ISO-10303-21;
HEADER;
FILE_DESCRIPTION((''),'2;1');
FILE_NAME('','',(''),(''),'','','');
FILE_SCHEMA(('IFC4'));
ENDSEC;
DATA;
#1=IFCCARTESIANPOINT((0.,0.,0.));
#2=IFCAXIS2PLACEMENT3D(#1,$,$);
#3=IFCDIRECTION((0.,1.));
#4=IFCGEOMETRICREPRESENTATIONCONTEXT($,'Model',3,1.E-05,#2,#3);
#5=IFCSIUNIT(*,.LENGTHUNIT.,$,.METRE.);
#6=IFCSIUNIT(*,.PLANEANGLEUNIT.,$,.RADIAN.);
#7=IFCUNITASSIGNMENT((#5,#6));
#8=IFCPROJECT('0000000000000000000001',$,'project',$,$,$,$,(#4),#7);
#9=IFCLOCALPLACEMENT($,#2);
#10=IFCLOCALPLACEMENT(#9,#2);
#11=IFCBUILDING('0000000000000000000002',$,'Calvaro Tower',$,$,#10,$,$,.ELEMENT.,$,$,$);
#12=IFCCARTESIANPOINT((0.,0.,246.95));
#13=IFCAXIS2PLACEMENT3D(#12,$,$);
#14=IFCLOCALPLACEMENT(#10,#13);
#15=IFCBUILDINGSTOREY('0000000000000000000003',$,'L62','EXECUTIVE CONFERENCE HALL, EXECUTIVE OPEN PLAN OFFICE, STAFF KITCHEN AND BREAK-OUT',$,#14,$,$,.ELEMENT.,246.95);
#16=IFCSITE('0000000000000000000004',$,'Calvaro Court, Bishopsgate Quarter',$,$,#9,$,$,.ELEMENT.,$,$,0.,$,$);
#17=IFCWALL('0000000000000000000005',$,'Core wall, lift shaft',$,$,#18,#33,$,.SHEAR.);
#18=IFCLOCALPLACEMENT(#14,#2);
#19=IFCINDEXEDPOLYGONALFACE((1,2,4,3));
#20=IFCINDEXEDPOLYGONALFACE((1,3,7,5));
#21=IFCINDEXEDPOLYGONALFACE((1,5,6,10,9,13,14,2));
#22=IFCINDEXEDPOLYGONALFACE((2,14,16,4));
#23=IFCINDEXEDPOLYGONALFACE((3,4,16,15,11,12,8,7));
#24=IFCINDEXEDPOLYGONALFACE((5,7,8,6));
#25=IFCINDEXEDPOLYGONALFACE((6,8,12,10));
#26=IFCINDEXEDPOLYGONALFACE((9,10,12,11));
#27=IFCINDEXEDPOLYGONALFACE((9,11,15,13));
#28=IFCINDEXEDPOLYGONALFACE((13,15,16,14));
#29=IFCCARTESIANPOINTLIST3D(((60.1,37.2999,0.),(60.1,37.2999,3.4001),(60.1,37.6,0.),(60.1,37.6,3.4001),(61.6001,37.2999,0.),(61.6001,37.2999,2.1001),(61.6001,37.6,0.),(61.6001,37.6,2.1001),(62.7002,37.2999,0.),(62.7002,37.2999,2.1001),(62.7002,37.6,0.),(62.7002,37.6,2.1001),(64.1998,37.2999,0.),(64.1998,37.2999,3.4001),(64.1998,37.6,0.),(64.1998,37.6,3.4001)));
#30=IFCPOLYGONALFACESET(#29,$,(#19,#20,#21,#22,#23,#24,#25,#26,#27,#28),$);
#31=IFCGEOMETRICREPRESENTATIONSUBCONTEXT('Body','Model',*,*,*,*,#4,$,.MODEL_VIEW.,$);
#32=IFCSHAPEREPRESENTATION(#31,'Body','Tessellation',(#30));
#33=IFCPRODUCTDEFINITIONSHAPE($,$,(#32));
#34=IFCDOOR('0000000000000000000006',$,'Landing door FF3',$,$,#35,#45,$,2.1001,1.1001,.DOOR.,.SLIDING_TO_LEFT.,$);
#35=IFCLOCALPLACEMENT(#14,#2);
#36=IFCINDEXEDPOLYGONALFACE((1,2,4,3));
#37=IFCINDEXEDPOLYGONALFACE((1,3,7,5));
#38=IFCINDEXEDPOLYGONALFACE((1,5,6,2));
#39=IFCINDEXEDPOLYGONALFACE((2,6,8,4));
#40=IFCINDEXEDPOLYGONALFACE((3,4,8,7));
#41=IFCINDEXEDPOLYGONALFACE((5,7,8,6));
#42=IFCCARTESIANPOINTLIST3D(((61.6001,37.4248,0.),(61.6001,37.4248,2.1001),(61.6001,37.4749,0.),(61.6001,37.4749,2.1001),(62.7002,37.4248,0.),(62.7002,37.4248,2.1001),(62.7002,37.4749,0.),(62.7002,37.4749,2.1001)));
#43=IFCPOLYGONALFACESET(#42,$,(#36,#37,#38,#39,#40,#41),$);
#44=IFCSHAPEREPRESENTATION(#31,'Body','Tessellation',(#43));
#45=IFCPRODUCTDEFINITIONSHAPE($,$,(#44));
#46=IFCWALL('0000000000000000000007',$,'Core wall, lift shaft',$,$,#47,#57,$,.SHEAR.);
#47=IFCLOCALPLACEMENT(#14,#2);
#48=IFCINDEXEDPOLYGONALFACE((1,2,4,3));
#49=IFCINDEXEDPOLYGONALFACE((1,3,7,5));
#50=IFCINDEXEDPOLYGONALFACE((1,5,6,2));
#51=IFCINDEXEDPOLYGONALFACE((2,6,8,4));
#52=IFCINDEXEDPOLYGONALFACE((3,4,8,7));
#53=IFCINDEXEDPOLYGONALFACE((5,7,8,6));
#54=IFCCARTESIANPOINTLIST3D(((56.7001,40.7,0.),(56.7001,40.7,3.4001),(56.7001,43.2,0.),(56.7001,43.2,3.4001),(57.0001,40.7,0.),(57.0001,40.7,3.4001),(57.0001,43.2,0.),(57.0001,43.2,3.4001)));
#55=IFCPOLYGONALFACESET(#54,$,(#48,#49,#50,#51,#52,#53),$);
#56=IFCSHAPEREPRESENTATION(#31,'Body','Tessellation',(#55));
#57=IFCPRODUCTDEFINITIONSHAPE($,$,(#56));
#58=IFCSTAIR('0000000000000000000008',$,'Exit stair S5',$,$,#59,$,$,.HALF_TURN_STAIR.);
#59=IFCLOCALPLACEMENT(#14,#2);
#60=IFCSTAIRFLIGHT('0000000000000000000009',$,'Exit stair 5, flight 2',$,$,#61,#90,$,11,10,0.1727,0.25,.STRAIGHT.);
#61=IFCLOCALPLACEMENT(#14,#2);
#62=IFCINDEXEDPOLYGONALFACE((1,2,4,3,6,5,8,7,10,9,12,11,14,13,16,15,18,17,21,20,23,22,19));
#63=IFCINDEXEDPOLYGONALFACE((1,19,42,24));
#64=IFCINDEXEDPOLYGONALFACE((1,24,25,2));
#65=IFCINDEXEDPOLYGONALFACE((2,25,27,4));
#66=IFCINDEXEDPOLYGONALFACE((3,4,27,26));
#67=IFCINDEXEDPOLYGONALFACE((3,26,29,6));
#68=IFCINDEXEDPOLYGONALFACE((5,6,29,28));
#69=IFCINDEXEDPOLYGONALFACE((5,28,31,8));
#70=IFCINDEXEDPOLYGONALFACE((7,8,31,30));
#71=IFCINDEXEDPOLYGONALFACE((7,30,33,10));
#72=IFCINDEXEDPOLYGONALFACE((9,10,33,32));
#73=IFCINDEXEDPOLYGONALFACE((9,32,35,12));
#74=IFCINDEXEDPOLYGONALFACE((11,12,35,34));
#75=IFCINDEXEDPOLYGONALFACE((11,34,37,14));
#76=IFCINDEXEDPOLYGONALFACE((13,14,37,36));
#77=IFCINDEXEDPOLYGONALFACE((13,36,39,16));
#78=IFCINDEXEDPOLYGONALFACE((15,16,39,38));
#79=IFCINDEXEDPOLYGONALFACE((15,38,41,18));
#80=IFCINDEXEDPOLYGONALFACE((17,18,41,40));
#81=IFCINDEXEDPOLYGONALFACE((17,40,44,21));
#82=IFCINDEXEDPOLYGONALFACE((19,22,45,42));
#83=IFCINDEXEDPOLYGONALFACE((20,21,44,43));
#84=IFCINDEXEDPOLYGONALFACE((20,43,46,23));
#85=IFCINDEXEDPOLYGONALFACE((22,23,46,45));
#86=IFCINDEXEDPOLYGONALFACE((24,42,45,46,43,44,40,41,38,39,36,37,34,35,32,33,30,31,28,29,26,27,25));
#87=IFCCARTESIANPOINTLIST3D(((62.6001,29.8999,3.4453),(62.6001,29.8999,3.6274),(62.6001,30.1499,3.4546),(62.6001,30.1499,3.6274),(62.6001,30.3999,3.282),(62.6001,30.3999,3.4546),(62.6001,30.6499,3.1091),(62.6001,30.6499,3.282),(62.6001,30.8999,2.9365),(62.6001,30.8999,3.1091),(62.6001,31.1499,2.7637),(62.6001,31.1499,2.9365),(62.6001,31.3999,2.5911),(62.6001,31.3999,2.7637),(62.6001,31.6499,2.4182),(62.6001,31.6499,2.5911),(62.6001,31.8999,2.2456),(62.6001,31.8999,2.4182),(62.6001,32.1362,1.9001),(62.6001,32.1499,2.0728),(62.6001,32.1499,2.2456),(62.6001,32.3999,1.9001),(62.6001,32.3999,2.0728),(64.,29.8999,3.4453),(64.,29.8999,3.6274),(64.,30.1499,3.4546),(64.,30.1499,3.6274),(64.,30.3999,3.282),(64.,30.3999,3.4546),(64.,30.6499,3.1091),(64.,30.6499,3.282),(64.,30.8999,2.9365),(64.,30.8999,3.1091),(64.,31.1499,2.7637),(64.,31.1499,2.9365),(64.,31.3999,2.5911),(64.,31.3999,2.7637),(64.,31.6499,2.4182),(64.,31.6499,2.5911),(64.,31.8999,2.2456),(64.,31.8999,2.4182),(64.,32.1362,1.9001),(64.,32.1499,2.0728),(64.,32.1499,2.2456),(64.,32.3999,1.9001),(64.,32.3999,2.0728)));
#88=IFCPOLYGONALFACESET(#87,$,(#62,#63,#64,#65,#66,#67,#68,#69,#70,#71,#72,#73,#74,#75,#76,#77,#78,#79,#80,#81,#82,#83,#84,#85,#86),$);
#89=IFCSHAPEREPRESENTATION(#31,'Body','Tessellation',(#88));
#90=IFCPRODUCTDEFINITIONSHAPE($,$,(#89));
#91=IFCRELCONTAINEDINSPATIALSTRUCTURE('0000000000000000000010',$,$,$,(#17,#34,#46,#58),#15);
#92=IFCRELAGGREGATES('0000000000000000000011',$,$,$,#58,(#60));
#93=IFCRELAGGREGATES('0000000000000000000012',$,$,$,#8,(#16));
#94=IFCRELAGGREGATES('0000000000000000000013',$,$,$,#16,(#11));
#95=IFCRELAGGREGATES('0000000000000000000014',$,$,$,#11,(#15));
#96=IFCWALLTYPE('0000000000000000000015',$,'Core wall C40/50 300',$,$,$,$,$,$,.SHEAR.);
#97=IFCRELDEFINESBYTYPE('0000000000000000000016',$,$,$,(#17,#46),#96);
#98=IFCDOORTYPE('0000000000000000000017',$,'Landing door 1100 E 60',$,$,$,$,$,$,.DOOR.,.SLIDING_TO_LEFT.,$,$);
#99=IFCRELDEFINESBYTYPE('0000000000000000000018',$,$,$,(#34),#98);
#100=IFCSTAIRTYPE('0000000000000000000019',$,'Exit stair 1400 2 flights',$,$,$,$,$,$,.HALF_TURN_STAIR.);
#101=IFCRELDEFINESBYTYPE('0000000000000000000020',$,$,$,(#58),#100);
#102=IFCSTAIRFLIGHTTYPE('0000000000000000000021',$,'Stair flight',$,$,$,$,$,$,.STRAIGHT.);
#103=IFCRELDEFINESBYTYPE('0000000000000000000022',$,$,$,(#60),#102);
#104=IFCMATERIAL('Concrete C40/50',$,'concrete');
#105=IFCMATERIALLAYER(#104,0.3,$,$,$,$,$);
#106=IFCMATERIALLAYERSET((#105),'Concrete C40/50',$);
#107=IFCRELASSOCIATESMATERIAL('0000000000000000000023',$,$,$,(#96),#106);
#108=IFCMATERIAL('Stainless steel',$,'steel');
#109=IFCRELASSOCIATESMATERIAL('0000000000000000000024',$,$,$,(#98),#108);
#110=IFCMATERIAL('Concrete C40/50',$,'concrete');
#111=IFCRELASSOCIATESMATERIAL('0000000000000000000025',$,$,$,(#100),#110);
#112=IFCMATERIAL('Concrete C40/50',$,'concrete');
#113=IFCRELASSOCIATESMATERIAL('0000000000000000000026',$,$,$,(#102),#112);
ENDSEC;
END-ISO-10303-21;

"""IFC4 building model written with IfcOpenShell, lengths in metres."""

from ifc_helpers import new_model, si_unit, direction, frame, frame_2d, origin, place, context, subcontext, project, spatial, polyline, rectangle, outline, extrude, material, layer, layer_set, type_object, element, fill, aggregate, save


model = new_model("IFC4")

# Units and contexts
model_context = context("Model", 3, precision=1e-05, world=origin(), true_north=direction((0.0, 1.0)))
body_context = subcontext(model_context, "Body", "Model", "MODEL_VIEW")
ifc_project = project(units=[si_unit("LENGTHUNIT", "METRE"), si_unit("PLANEANGLEUNIT", "RADIAN")], contexts=[model_context])

# Site, building, storey
site_placement = place(None, origin())
site = spatial("IfcSite", under=ifc_project, at=site_placement, Name="Calvaro Court, Bishopsgate Quarter", CompositionType="ELEMENT", RefElevation=0.0)
building_placement = place(site_placement, origin())
building = spatial("IfcBuilding", under=site, at=building_placement, Name="Calvaro Tower", CompositionType="ELEMENT")
storey_placement = place(building_placement, frame((0.0, 0.0, 246.95)))
storey = spatial("IfcBuildingStorey", under=building, at=storey_placement, Name="L62", Description="EXECUTIVE CONFERENCE HALL, EXECUTIVE OPEN PLAN OFFICE, STAFF KITCHEN AND BREAK-OUT", CompositionType="ELEMENT", Elevation=246.95)

# Shared definitions
ifc_material_1 = material(Name="Concrete C40/50", Category="concrete")
ifc_layer_1 = layer(ifc_material_1, 0.3)
ifc_layer_set_1 = layer_set([ifc_layer_1], Name="Concrete C40/50")
wall_type_1 = type_object("IfcWallType", Name="Core wall C40/50 300", PredefinedType="SHEAR", material=ifc_layer_set_1)

# Wall, opening, door
wall_1_placement = place(storey_placement, frame((60.1001, 37.45, 0.0), z_axis=(0.0, 0.0, 1.0), x_axis=(1.0, 0.0, 0.0)))
wall_1 = element("IfcWall", 1, at=wall_1_placement, inside=storey, type_object=wall_type_1, Name="Core wall, lift shaft", PredefinedType="SHEAR", context=body_context, shape_type="SweptSolid", body=[
    extrude(rectangle(XDim=4.0999, YDim=0.3, at=frame_2d((2.0498, 0.0))), origin(), (0.0, 0.0, 1.0), 3.4001),
])
opening_1_placement = place(wall_1_placement, frame((1.5, 0.0, 0.0)))
opening_1 = element("IfcOpeningElement", 2, at=opening_1_placement, cuts=wall_1, PredefinedType="OPENING", context=body_context, shape_type="SweptSolid", body=[
    extrude(rectangle(XDim=1.1001, YDim=2.1001, at=frame_2d((0.55, 1.05))), frame((0.0, 0.1599, 0.0), z_axis=(0.0, -1.0, 0.0), x_axis=(1.0, 0.0, 0.0)), (0.0, 0.0, 1.0), 0.3201),
])
ifc_material_2 = material(Name="Stainless steel", Category="steel")
door_type_1 = type_object("IfcDoorType", Name="Landing door 1100 E 60", OperationType="SLIDING_TO_LEFT", PredefinedType="DOOR", material=ifc_material_2)
door_1_placement = place(opening_1_placement, origin())
door_1 = element("IfcDoor", 3, at=door_1_placement, inside=storey, type_object=door_type_1, Name="Landing door FF3", OperationType="SLIDING_TO_LEFT", OverallHeight=2.1001, OverallWidth=1.1001, PredefinedType="DOOR", context=body_context, shape_type="SweptSolid", body=[
    extrude(rectangle(XDim=1.1001, YDim=2.1001, at=frame_2d((0.55, 1.05))), frame((0.0, 0.0249, 0.0), z_axis=(0.0, -1.0, 0.0), x_axis=(1.0, 0.0, 0.0)), (0.0, 0.0, 1.0), 0.05),
])
fill(opening_1, door_1)

# Wall
wall_2_placement = place(storey_placement, frame((56.8501, 40.7, 0.0), z_axis=(0.0, 0.0, 1.0), x_axis=(0.0, 1.0, 0.0)))
element("IfcWall", 4, at=wall_2_placement, inside=storey, type_object=wall_type_1, Name="Core wall, lift shaft", PredefinedType="SHEAR", context=body_context, shape_type="SweptSolid", body=[
    extrude(rectangle(XDim=2.5, YDim=0.3, at=frame_2d((1.25, 0.0))), origin(), (0.0, 0.0, 1.0), 3.4001),
])

# Stair, stair flight
ifc_material_3 = material(Name="Concrete C40/50", Category="concrete")
stair_type = type_object("IfcStairType", Name="Exit stair 1400 2 flights", PredefinedType="HALF_TURN_STAIR", material=ifc_material_3)
stair_placement = place(storey_placement, origin())
stair = element("IfcStair", 5, at=stair_placement, inside=storey, type_object=stair_type, Name="Exit stair S5", PredefinedType="HALF_TURN_STAIR")
ifc_material_4 = material(Name="Concrete C40/50", Category="concrete")
stair_flight_type = type_object("IfcStairFlightType", Name="Stair flight", PredefinedType="STRAIGHT", material=ifc_material_4)
stair_flight_placement = place(storey_placement, frame((63.3, 32.3999, 1.9001), z_axis=(0.0, 0.0, 1.0), x_axis=(0.0, -1.0, 0.0)))
stair_flight = element("IfcStairFlight", 6, at=stair_flight_placement, type_object=stair_flight_type, Name="Exit stair 5, flight 2", NumberOfRisers=11, NumberOfTreads=10, PredefinedType="STRAIGHT", RiserHeight=0.1727, TreadLength=0.25, context=body_context, shape_type="SweptSolid", body=[
    extrude(outline(polyline([(0.0, 0.0), (0.0, 0.1726), (0.25, 0.1726), (0.25, 0.3455), (0.5, 0.3455), (0.5, 0.5181), (0.75, 0.5181), (0.75, 0.6909), (1.0, 0.6909), (1.0, 0.8635), (1.25, 0.8635), (1.25, 1.0364), (1.5, 1.0364), (1.5, 1.209), (1.75, 1.209), (1.75, 1.3818), (2.0, 1.3818), (2.0, 1.5544), (2.25, 1.5544), (2.25, 1.7273), (2.5, 1.7273), (2.5, 1.8999), (2.5, 1.5452), (0.2637, 0.0), (0.0, 0.0)])), frame((0.0, 0.7, 0.0), z_axis=(0.0, -1.0, 0.0), x_axis=(1.0, 0.0, 0.0)), (0.0, 0.0, 1.0), 1.3999),
])
aggregate(stair, [stair_flight])

save(model, "model.ifc")
